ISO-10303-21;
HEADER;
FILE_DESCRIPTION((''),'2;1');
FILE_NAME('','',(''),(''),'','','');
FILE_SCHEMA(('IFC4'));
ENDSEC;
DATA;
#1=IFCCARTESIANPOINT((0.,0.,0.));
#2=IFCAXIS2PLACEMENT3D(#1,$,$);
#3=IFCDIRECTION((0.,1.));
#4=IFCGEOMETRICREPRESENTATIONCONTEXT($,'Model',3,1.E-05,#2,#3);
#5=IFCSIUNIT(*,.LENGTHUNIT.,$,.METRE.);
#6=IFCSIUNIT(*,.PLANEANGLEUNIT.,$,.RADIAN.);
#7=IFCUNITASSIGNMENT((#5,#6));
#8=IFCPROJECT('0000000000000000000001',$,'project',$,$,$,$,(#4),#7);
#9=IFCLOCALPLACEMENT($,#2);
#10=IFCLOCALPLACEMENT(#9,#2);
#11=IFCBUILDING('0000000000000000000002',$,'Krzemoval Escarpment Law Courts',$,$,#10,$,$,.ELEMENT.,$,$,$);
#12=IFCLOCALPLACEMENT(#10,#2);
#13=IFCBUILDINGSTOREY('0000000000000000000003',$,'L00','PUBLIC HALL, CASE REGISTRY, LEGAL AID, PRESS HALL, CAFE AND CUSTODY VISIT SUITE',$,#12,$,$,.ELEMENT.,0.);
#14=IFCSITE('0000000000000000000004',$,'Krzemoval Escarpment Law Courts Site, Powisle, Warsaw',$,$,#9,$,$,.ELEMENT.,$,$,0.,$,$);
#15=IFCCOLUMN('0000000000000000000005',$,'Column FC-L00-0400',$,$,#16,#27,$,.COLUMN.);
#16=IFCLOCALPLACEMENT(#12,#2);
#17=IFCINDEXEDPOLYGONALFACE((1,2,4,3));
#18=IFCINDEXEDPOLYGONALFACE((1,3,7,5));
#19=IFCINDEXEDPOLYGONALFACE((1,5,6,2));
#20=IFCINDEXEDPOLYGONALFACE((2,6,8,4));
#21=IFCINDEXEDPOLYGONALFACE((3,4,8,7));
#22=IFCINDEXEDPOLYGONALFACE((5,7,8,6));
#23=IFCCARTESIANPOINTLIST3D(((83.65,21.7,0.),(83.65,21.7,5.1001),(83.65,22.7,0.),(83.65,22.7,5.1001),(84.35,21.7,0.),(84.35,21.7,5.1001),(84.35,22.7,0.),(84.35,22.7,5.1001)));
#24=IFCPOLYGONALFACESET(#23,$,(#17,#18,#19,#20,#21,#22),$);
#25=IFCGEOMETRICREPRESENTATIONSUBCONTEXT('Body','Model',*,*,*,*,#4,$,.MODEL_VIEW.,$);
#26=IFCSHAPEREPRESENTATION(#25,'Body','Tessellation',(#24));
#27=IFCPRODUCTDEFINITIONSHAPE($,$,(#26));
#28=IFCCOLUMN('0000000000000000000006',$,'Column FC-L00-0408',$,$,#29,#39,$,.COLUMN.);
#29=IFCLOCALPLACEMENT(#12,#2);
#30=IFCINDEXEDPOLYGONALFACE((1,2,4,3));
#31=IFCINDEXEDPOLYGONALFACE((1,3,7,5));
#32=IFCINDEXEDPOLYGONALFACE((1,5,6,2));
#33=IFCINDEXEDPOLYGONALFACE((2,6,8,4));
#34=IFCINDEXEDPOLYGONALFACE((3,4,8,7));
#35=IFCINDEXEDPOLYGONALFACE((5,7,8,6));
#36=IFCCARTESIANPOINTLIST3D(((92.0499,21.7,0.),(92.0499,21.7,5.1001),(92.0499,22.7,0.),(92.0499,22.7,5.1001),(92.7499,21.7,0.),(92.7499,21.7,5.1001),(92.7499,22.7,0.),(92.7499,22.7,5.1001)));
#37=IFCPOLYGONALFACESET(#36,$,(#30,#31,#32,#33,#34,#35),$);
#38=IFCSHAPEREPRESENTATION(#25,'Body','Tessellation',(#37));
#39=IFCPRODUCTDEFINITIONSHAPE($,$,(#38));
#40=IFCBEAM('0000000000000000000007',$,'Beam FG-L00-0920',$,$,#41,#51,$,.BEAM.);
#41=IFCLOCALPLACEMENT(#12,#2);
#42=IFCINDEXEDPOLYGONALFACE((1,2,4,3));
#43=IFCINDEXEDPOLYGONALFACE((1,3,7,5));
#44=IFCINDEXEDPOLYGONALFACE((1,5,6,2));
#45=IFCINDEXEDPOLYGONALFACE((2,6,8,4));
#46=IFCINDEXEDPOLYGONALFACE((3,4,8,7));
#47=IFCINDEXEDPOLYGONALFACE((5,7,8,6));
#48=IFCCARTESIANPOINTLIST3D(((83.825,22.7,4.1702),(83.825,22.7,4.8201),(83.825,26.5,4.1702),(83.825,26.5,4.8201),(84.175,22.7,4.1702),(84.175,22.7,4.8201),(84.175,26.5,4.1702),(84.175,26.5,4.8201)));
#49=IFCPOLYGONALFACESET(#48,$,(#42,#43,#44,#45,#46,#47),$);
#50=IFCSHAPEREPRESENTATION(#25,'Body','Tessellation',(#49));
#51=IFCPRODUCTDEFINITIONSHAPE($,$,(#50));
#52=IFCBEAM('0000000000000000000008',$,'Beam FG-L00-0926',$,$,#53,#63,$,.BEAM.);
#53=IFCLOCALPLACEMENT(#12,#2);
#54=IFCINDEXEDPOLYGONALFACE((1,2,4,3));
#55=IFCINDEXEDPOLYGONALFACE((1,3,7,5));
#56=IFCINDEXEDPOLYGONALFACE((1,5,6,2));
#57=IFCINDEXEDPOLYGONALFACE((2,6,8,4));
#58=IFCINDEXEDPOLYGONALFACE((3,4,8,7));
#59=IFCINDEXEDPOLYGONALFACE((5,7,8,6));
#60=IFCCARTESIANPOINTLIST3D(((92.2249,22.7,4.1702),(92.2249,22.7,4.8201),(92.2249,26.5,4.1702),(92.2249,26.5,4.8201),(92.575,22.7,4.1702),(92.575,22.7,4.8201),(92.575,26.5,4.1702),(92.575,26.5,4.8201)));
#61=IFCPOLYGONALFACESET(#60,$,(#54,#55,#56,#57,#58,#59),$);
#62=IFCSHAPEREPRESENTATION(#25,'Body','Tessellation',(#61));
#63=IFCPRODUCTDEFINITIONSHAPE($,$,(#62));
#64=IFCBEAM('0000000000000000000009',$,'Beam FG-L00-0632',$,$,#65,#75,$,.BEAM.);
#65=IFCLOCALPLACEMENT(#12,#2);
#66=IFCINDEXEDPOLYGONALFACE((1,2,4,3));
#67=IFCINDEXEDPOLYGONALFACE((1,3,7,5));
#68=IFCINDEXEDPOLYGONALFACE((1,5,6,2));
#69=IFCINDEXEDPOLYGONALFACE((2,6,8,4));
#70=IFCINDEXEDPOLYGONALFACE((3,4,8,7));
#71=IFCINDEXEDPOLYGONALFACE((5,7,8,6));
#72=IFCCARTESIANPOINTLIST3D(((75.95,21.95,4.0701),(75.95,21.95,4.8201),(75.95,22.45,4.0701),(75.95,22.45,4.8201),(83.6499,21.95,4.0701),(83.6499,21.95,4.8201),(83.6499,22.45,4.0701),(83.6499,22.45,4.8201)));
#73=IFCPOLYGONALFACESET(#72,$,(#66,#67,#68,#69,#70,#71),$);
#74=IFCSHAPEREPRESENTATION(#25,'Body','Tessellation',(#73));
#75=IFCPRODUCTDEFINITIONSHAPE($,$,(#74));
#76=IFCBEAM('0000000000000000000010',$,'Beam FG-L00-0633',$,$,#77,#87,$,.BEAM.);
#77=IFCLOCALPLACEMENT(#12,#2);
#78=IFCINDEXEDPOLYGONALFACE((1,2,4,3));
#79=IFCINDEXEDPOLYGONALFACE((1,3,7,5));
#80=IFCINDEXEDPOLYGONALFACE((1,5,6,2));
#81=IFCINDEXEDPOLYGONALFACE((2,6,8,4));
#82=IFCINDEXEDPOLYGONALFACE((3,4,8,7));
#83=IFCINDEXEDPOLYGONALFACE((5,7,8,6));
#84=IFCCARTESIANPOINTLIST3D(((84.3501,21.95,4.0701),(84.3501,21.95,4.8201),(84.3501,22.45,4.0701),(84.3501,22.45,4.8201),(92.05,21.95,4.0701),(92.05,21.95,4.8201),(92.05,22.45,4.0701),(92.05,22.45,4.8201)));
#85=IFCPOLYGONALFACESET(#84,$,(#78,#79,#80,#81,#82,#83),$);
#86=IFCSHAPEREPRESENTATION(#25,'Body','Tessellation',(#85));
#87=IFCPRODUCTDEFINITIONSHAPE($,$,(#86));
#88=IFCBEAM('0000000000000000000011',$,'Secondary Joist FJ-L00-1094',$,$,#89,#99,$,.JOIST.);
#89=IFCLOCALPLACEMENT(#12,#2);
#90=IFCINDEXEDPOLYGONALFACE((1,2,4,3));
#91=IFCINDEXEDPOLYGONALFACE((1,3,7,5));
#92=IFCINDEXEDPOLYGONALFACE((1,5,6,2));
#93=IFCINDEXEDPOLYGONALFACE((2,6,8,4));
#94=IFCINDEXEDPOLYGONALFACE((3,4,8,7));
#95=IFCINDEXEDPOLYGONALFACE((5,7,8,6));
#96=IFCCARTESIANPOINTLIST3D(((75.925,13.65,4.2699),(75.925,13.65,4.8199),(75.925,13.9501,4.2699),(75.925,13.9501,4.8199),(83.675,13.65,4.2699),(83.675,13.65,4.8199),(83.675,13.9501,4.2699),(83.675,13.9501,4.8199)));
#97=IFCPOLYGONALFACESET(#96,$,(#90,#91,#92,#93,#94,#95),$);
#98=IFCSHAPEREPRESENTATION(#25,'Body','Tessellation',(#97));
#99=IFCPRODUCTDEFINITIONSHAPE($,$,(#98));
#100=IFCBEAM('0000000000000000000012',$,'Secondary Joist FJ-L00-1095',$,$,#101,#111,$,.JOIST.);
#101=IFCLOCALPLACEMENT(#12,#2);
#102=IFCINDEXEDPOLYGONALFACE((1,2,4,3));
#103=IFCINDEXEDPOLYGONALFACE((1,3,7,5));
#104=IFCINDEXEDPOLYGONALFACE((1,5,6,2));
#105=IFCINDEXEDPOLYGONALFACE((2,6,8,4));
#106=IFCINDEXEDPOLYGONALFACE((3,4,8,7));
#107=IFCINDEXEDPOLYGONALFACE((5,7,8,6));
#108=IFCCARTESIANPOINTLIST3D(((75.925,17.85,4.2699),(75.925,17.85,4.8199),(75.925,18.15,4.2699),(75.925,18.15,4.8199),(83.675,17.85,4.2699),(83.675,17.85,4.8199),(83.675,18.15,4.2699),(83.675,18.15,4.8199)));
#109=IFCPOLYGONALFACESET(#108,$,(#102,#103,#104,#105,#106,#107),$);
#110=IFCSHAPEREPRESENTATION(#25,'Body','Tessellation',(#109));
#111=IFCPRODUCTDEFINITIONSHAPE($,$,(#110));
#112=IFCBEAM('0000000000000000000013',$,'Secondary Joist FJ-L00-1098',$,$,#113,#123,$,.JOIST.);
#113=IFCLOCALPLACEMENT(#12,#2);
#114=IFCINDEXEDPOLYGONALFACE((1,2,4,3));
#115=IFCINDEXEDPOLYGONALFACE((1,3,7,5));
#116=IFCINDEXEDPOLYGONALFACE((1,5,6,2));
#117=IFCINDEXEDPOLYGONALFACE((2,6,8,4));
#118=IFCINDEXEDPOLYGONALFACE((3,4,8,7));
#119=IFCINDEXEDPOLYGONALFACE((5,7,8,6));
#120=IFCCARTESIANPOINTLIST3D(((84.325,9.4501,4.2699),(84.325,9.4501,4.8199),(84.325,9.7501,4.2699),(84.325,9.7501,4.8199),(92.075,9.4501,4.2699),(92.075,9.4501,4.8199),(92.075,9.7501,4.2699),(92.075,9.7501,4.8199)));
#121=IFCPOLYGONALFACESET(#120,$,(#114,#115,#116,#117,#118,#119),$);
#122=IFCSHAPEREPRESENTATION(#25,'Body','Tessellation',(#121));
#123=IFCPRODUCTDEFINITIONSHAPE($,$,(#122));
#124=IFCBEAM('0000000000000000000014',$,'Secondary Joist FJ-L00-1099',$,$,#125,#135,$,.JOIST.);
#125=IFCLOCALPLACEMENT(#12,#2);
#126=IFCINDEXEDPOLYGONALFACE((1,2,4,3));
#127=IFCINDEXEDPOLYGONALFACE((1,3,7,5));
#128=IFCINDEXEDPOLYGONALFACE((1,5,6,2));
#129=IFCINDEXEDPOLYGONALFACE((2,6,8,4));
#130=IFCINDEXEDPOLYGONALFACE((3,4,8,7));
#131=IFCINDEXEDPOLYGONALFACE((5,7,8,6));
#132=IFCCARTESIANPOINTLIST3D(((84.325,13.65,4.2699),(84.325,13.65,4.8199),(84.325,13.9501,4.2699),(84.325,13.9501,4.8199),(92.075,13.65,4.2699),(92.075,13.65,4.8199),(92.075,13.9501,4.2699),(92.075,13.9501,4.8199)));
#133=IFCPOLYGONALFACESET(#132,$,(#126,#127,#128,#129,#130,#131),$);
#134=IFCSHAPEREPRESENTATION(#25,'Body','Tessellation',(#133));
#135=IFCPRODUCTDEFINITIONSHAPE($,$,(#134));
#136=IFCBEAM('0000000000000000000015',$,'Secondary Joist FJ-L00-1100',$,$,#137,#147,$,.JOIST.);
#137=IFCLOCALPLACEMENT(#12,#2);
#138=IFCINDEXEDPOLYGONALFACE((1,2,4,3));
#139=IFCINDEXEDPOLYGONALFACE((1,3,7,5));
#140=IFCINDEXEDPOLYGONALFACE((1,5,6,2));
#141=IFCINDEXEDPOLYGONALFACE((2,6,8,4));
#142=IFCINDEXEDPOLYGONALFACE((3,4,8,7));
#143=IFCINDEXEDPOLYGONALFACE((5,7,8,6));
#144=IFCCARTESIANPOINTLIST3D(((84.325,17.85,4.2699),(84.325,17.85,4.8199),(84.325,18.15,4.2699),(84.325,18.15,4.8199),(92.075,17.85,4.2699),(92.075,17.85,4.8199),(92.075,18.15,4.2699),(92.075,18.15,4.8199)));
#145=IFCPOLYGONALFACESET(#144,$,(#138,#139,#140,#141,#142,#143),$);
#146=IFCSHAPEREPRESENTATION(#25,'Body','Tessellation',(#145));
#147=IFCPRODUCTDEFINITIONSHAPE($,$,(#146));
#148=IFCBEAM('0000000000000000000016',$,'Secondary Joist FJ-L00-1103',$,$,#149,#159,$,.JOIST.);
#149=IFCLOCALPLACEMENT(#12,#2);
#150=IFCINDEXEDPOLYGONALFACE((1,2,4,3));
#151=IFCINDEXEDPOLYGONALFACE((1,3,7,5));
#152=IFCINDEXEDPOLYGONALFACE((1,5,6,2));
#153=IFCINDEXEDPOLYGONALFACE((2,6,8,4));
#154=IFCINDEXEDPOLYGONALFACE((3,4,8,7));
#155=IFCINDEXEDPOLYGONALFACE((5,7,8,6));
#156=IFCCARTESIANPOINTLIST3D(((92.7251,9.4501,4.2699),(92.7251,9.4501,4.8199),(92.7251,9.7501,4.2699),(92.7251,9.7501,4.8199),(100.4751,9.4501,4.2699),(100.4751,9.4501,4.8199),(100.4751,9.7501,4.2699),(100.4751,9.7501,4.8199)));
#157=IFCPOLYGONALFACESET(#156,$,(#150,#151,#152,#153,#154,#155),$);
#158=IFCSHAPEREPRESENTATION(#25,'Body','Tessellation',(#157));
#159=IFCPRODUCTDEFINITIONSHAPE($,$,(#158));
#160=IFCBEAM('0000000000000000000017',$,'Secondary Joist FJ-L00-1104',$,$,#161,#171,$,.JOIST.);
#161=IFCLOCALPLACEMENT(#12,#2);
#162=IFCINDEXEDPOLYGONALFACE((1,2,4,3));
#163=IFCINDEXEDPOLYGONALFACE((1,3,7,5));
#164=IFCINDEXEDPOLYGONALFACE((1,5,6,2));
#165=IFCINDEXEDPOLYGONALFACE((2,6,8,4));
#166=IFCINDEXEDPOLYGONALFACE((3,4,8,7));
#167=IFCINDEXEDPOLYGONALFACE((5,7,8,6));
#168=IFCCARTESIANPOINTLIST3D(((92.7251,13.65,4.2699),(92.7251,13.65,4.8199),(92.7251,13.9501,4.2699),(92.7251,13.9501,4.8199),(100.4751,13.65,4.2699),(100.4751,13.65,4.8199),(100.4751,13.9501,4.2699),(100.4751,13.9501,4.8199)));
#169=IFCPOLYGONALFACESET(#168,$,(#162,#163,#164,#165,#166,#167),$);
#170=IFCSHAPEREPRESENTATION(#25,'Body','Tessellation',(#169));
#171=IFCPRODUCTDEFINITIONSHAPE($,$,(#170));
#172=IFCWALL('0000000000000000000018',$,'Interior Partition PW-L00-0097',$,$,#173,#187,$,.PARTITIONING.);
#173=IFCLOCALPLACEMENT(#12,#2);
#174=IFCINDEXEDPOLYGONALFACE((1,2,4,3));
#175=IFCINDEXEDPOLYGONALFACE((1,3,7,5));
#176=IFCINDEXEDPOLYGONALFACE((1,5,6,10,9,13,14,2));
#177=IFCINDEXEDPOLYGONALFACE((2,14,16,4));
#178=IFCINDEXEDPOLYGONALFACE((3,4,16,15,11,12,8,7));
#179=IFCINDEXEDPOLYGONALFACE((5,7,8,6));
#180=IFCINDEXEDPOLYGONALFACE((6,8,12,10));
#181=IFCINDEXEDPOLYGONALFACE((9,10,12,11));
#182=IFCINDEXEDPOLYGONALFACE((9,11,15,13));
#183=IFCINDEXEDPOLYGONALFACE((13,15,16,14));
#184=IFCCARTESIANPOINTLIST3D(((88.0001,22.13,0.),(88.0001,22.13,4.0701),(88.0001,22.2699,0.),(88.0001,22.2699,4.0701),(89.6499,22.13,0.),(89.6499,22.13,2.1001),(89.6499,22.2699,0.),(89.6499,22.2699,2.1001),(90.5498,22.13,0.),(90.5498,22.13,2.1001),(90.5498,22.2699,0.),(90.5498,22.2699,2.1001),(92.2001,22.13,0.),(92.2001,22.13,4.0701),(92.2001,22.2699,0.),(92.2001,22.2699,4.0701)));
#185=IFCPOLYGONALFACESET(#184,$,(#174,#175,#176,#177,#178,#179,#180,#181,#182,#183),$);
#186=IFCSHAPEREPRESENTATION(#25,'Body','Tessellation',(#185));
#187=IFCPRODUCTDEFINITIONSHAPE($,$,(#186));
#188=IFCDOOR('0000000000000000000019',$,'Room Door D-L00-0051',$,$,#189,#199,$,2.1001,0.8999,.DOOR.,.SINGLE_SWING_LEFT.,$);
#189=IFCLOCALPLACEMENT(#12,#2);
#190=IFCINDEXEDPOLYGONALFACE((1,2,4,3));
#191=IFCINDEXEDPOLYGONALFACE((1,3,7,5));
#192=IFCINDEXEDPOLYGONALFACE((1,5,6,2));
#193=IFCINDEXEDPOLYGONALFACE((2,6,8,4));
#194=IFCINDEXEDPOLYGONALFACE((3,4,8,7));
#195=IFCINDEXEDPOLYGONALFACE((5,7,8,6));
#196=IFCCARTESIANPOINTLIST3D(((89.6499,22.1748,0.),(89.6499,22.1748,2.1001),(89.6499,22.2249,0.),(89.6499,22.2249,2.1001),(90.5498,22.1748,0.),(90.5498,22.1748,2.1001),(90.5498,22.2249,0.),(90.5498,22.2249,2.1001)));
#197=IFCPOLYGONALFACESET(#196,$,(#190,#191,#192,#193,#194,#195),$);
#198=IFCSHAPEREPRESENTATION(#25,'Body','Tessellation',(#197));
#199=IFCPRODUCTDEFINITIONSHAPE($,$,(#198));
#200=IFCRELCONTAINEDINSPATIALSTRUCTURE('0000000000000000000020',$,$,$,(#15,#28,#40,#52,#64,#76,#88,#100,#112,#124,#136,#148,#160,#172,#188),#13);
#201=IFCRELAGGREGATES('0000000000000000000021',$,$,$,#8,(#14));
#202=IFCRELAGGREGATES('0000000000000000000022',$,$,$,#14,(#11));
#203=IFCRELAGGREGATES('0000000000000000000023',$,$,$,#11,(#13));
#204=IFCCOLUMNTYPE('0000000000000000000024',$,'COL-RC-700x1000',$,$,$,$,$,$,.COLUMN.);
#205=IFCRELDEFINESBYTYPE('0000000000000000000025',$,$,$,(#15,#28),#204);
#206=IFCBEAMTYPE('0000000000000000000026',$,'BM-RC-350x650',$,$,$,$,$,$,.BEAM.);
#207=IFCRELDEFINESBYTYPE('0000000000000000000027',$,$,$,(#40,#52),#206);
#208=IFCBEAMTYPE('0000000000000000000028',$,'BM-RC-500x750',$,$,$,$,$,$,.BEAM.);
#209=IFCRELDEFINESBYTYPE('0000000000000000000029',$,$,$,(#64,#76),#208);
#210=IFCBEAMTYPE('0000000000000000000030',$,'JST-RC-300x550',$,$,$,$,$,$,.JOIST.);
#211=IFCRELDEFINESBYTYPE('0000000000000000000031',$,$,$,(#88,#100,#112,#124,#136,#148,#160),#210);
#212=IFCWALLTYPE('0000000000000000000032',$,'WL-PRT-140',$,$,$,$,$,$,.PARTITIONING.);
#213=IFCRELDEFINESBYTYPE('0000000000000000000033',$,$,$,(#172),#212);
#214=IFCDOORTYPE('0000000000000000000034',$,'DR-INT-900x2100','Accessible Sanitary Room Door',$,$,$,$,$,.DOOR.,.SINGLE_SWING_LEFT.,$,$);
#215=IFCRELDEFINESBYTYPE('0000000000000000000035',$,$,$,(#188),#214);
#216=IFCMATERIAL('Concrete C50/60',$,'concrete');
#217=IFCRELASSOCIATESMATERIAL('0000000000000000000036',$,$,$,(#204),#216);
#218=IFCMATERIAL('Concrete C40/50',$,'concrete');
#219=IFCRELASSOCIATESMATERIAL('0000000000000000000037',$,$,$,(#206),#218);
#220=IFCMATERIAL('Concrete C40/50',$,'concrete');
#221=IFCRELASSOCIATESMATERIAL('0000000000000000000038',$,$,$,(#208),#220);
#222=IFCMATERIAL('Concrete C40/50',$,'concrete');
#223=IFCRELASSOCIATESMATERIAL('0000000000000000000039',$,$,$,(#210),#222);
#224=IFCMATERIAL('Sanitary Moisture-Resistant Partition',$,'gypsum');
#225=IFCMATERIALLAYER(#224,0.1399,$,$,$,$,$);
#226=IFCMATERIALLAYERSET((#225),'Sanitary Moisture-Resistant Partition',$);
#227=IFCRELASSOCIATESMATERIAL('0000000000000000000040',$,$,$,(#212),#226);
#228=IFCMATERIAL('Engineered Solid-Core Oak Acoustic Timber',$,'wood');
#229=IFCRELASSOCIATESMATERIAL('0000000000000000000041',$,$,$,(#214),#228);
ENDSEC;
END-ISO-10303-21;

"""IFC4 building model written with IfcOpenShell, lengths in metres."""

from ifc_helpers import new_model, si_unit, direction, frame, frame_2d, origin, origin_2d, place, context, subcontext, project, spatial, rectangle, extrude, material, layer, layer_set, material_profile, profile_set, type_object, element, fill, save


model = new_model("IFC4")

# Units and contexts
model_context = context("Model", 3, precision=1e-05, world=origin(), true_north=direction((0.0, 1.0)))
body_context = subcontext(model_context, "Body", "Model", "MODEL_VIEW")
ifc_project = project(units=[si_unit("LENGTHUNIT", "METRE"), si_unit("PLANEANGLEUNIT", "RADIAN")], contexts=[model_context])

# Site, building, storey
site_placement = place(None, origin())
site = spatial("IfcSite", under=ifc_project, at=site_placement, Name="Krzemoval Escarpment Law Courts Site, Powisle, Warsaw", CompositionType="ELEMENT", RefElevation=0.0)
building_placement = place(site_placement, origin())
building = spatial("IfcBuilding", under=site, at=building_placement, Name="Krzemoval Escarpment Law Courts", CompositionType="ELEMENT")
storey_placement = place(building_placement, origin())
storey = spatial("IfcBuildingStorey", under=building, at=storey_placement, Name="L00", Description="PUBLIC HALL, CASE REGISTRY, LEGAL AID, PRESS HALL, CAFE AND CUSTODY VISIT SUITE", CompositionType="ELEMENT", Elevation=0.0)

# Columns
ifc_material_1 = material(Name="Concrete C50/60", Category="concrete")
ifc_material_profile_1 = material_profile(ifc_material_1, rectangle(XDim=0.7, YDim=1.0, at=origin_2d()), Name="RC 700x1000")
ifc_profile_set_1 = profile_set([ifc_material_profile_1], Name="Concrete C50/60")
column_type = type_object("IfcColumnType", Name="COL-RC-700x1000", PredefinedType="COLUMN", material=ifc_profile_set_1)
for number, where, z_axis, x_axis, name in (
    (1, (84.0, 22.2, 0.0), (0.0, 0.0, 1.0), (1.0, 0.0, 0.0), "Column FC-L00-0400"),
    (2, (92.3999, 22.2, 0.0), (0.0, 0.0, 1.0), (1.0, 0.0, 0.0), "Column FC-L00-0408"),
):
    element("IfcColumn", number, at=place(storey_placement, frame(where, z_axis=z_axis, x_axis=x_axis)), inside=storey, type_object=column_type, Name=name, PredefinedType="COLUMN", context=body_context, shape_type="SweptSolid", body=[
        extrude(rectangle(XDim=0.7, YDim=1.0, at=origin_2d()), origin(), (0.0, 0.0, 1.0), 5.1001),
    ])

# Beams
ifc_material_2 = material(Name="Concrete C40/50", Category="concrete")
ifc_material_profile_2 = material_profile(ifc_material_2, rectangle(XDim=0.3501, YDim=0.6499, at=origin_2d()), Name="RCB 350x650")
ifc_profile_set_2 = profile_set([ifc_material_profile_2], Name="Concrete C40/50")
beam_type_1 = type_object("IfcBeamType", Name="BM-RC-350x650", PredefinedType="BEAM", material=ifc_profile_set_2)
for number, where, z_axis, x_axis, name in (
    (3, (84.0, 22.7, 4.4951), (0.0, 1.0, 0.0), (-1.0, 0.0, 0.0), "Beam FG-L00-0920"),
    (4, (92.3999, 22.7, 4.4951), (0.0, 1.0, 0.0), (-1.0, 0.0, 0.0), "Beam FG-L00-0926"),
):
    element("IfcBeam", number, at=place(storey_placement, frame(where, z_axis=z_axis, x_axis=x_axis)), inside=storey, type_object=beam_type_1, Name=name, PredefinedType="BEAM", context=body_context, shape_type="SweptSolid", body=[
        extrude(rectangle(XDim=0.3501, YDim=0.6499, at=origin_2d()), origin(), (0.0, 0.0, 1.0), 3.8),
    ])
ifc_material_3 = material(Name="Concrete C40/50", Category="concrete")
ifc_material_profile_3 = material_profile(ifc_material_3, rectangle(XDim=0.5, YDim=0.75, at=origin_2d()), Name="RCB 500x750")
ifc_profile_set_3 = profile_set([ifc_material_profile_3], Name="Concrete C40/50")
beam_type_2 = type_object("IfcBeamType", Name="BM-RC-500x750", PredefinedType="BEAM", material=ifc_profile_set_3)
for number, where, z_axis, x_axis, name in (
    (5, (75.95, 22.2, 4.4451), (1.0, 0.0, 0.0), (0.0, 1.0, 0.0), "Beam FG-L00-0632"),
    (6, (84.3501, 22.2, 4.4451), (1.0, 0.0, 0.0), (0.0, 1.0, 0.0), "Beam FG-L00-0633"),
):
    element("IfcBeam", number, at=place(storey_placement, frame(where, z_axis=z_axis, x_axis=x_axis)), inside=storey, type_object=beam_type_2, Name=name, PredefinedType="BEAM", context=body_context, shape_type="SweptSolid", body=[
        extrude(rectangle(XDim=0.5, YDim=0.75, at=origin_2d()), origin(), (0.0, 0.0, 1.0), 7.7),
    ])
ifc_material_4 = material(Name="Concrete C40/50", Category="concrete")
ifc_material_profile_4 = material_profile(ifc_material_4, rectangle(XDim=0.3, YDim=0.55, at=origin_2d()), Name="RCB 300x550")
ifc_profile_set_4 = profile_set([ifc_material_profile_4], Name="Concrete C40/50")
beam_type_3 = type_object("IfcBeamType", Name="JST-RC-300x550", PredefinedType="JOIST", material=ifc_profile_set_4)
for number, where, z_axis, x_axis, name in (
    (7, (75.925, 13.8, 4.5449), (1.0, 0.0, 0.0), (0.0, 1.0, 0.0), "Secondary Joist FJ-L00-1094"),
    (8, (75.925, 18.0, 4.5449), (1.0, 0.0, 0.0), (0.0, 1.0, 0.0), "Secondary Joist FJ-L00-1095"),
    (9, (84.325, 9.6001, 4.5449), (1.0, 0.0, 0.0), (0.0, 1.0, 0.0), "Secondary Joist FJ-L00-1098"),
    (10, (84.325, 13.8, 4.5449), (1.0, 0.0, 0.0), (0.0, 1.0, 0.0), "Secondary Joist FJ-L00-1099"),
    (11, (84.325, 18.0, 4.5449), (1.0, 0.0, 0.0), (0.0, 1.0, 0.0), "Secondary Joist FJ-L00-1100"),
    (12, (92.7251, 9.6001, 4.5449), (1.0, 0.0, 0.0), (0.0, 1.0, 0.0), "Secondary Joist FJ-L00-1103"),
    (13, (92.7251, 13.8, 4.5449), (1.0, 0.0, 0.0), (0.0, 1.0, 0.0), "Secondary Joist FJ-L00-1104"),
):
    element("IfcBeam", number, at=place(storey_placement, frame(where, z_axis=z_axis, x_axis=x_axis)), inside=storey, type_object=beam_type_3, Name=name, PredefinedType="JOIST", context=body_context, shape_type="SweptSolid", body=[
        extrude(rectangle(XDim=0.3, YDim=0.55, at=origin_2d()), origin(), (0.0, 0.0, 1.0), 7.75),
    ])

# Wall, opening, door
ifc_material_5 = material(Name="Sanitary Moisture-Resistant Partition", Category="gypsum")
ifc_layer_1 = layer(ifc_material_5, 0.1399)
ifc_layer_set_1 = layer_set([ifc_layer_1], Name="Sanitary Moisture-Resistant Partition")
wall_type_1 = type_object("IfcWallType", Name="WL-PRT-140", PredefinedType="PARTITIONING", material=ifc_layer_set_1)
wall_1_placement = place(storey_placement, frame((88.0, 22.2, 0.0), z_axis=(0.0, 0.0, 1.0), x_axis=(1.0, 0.0, 0.0)))
wall_1 = element("IfcWall", 14, at=wall_1_placement, inside=storey, type_object=wall_type_1, Name="Interior Partition PW-L00-0097", PredefinedType="PARTITIONING", context=body_context, shape_type="SweptSolid", body=[
    extrude(rectangle(XDim=4.2, YDim=0.1399, at=frame_2d((2.1001, 0.0))), origin(), (0.0, 0.0, 1.0), 4.0701),
])
opening_1_placement = place(wall_1_placement, frame((1.6499, 0.0, 0.0)))
opening_1 = element("IfcOpeningElement", 15, at=opening_1_placement, cuts=wall_1, PredefinedType="OPENING", context=body_context, shape_type="SweptSolid", body=[
    extrude(rectangle(XDim=0.8999, YDim=2.1001, at=frame_2d((0.45, 1.05))), frame((0.0, 0.0849, 0.0), z_axis=(0.0, -1.0, 0.0), x_axis=(1.0, 0.0, 0.0)), (0.0, 0.0, 1.0), 0.1699),
])
ifc_material_6 = material(Name="Engineered Solid-Core Oak Acoustic Timber", Category="wood")
door_type_1 = type_object("IfcDoorType", Name="DR-INT-900x2100", Description="Accessible Sanitary Room Door", OperationType="SINGLE_SWING_LEFT", PredefinedType="DOOR", material=ifc_material_6)
door_1_placement = place(opening_1_placement, origin())
door_1 = element("IfcDoor", 16, at=door_1_placement, inside=storey, type_object=door_type_1, Name="Room Door D-L00-0051", OperationType="SINGLE_SWING_LEFT", OverallHeight=2.1001, OverallWidth=0.8999, PredefinedType="DOOR", context=body_context, shape_type="SweptSolid", body=[
    extrude(rectangle(XDim=0.8999, YDim=2.1001, at=frame_2d((0.45, 1.05))), frame((0.0, 0.0249, 0.0), z_axis=(0.0, -1.0, 0.0), x_axis=(1.0, 0.0, 0.0)), (0.0, 0.0, 1.0), 0.05),
])
fill(opening_1, door_1)

save(model, "model.ifc")
